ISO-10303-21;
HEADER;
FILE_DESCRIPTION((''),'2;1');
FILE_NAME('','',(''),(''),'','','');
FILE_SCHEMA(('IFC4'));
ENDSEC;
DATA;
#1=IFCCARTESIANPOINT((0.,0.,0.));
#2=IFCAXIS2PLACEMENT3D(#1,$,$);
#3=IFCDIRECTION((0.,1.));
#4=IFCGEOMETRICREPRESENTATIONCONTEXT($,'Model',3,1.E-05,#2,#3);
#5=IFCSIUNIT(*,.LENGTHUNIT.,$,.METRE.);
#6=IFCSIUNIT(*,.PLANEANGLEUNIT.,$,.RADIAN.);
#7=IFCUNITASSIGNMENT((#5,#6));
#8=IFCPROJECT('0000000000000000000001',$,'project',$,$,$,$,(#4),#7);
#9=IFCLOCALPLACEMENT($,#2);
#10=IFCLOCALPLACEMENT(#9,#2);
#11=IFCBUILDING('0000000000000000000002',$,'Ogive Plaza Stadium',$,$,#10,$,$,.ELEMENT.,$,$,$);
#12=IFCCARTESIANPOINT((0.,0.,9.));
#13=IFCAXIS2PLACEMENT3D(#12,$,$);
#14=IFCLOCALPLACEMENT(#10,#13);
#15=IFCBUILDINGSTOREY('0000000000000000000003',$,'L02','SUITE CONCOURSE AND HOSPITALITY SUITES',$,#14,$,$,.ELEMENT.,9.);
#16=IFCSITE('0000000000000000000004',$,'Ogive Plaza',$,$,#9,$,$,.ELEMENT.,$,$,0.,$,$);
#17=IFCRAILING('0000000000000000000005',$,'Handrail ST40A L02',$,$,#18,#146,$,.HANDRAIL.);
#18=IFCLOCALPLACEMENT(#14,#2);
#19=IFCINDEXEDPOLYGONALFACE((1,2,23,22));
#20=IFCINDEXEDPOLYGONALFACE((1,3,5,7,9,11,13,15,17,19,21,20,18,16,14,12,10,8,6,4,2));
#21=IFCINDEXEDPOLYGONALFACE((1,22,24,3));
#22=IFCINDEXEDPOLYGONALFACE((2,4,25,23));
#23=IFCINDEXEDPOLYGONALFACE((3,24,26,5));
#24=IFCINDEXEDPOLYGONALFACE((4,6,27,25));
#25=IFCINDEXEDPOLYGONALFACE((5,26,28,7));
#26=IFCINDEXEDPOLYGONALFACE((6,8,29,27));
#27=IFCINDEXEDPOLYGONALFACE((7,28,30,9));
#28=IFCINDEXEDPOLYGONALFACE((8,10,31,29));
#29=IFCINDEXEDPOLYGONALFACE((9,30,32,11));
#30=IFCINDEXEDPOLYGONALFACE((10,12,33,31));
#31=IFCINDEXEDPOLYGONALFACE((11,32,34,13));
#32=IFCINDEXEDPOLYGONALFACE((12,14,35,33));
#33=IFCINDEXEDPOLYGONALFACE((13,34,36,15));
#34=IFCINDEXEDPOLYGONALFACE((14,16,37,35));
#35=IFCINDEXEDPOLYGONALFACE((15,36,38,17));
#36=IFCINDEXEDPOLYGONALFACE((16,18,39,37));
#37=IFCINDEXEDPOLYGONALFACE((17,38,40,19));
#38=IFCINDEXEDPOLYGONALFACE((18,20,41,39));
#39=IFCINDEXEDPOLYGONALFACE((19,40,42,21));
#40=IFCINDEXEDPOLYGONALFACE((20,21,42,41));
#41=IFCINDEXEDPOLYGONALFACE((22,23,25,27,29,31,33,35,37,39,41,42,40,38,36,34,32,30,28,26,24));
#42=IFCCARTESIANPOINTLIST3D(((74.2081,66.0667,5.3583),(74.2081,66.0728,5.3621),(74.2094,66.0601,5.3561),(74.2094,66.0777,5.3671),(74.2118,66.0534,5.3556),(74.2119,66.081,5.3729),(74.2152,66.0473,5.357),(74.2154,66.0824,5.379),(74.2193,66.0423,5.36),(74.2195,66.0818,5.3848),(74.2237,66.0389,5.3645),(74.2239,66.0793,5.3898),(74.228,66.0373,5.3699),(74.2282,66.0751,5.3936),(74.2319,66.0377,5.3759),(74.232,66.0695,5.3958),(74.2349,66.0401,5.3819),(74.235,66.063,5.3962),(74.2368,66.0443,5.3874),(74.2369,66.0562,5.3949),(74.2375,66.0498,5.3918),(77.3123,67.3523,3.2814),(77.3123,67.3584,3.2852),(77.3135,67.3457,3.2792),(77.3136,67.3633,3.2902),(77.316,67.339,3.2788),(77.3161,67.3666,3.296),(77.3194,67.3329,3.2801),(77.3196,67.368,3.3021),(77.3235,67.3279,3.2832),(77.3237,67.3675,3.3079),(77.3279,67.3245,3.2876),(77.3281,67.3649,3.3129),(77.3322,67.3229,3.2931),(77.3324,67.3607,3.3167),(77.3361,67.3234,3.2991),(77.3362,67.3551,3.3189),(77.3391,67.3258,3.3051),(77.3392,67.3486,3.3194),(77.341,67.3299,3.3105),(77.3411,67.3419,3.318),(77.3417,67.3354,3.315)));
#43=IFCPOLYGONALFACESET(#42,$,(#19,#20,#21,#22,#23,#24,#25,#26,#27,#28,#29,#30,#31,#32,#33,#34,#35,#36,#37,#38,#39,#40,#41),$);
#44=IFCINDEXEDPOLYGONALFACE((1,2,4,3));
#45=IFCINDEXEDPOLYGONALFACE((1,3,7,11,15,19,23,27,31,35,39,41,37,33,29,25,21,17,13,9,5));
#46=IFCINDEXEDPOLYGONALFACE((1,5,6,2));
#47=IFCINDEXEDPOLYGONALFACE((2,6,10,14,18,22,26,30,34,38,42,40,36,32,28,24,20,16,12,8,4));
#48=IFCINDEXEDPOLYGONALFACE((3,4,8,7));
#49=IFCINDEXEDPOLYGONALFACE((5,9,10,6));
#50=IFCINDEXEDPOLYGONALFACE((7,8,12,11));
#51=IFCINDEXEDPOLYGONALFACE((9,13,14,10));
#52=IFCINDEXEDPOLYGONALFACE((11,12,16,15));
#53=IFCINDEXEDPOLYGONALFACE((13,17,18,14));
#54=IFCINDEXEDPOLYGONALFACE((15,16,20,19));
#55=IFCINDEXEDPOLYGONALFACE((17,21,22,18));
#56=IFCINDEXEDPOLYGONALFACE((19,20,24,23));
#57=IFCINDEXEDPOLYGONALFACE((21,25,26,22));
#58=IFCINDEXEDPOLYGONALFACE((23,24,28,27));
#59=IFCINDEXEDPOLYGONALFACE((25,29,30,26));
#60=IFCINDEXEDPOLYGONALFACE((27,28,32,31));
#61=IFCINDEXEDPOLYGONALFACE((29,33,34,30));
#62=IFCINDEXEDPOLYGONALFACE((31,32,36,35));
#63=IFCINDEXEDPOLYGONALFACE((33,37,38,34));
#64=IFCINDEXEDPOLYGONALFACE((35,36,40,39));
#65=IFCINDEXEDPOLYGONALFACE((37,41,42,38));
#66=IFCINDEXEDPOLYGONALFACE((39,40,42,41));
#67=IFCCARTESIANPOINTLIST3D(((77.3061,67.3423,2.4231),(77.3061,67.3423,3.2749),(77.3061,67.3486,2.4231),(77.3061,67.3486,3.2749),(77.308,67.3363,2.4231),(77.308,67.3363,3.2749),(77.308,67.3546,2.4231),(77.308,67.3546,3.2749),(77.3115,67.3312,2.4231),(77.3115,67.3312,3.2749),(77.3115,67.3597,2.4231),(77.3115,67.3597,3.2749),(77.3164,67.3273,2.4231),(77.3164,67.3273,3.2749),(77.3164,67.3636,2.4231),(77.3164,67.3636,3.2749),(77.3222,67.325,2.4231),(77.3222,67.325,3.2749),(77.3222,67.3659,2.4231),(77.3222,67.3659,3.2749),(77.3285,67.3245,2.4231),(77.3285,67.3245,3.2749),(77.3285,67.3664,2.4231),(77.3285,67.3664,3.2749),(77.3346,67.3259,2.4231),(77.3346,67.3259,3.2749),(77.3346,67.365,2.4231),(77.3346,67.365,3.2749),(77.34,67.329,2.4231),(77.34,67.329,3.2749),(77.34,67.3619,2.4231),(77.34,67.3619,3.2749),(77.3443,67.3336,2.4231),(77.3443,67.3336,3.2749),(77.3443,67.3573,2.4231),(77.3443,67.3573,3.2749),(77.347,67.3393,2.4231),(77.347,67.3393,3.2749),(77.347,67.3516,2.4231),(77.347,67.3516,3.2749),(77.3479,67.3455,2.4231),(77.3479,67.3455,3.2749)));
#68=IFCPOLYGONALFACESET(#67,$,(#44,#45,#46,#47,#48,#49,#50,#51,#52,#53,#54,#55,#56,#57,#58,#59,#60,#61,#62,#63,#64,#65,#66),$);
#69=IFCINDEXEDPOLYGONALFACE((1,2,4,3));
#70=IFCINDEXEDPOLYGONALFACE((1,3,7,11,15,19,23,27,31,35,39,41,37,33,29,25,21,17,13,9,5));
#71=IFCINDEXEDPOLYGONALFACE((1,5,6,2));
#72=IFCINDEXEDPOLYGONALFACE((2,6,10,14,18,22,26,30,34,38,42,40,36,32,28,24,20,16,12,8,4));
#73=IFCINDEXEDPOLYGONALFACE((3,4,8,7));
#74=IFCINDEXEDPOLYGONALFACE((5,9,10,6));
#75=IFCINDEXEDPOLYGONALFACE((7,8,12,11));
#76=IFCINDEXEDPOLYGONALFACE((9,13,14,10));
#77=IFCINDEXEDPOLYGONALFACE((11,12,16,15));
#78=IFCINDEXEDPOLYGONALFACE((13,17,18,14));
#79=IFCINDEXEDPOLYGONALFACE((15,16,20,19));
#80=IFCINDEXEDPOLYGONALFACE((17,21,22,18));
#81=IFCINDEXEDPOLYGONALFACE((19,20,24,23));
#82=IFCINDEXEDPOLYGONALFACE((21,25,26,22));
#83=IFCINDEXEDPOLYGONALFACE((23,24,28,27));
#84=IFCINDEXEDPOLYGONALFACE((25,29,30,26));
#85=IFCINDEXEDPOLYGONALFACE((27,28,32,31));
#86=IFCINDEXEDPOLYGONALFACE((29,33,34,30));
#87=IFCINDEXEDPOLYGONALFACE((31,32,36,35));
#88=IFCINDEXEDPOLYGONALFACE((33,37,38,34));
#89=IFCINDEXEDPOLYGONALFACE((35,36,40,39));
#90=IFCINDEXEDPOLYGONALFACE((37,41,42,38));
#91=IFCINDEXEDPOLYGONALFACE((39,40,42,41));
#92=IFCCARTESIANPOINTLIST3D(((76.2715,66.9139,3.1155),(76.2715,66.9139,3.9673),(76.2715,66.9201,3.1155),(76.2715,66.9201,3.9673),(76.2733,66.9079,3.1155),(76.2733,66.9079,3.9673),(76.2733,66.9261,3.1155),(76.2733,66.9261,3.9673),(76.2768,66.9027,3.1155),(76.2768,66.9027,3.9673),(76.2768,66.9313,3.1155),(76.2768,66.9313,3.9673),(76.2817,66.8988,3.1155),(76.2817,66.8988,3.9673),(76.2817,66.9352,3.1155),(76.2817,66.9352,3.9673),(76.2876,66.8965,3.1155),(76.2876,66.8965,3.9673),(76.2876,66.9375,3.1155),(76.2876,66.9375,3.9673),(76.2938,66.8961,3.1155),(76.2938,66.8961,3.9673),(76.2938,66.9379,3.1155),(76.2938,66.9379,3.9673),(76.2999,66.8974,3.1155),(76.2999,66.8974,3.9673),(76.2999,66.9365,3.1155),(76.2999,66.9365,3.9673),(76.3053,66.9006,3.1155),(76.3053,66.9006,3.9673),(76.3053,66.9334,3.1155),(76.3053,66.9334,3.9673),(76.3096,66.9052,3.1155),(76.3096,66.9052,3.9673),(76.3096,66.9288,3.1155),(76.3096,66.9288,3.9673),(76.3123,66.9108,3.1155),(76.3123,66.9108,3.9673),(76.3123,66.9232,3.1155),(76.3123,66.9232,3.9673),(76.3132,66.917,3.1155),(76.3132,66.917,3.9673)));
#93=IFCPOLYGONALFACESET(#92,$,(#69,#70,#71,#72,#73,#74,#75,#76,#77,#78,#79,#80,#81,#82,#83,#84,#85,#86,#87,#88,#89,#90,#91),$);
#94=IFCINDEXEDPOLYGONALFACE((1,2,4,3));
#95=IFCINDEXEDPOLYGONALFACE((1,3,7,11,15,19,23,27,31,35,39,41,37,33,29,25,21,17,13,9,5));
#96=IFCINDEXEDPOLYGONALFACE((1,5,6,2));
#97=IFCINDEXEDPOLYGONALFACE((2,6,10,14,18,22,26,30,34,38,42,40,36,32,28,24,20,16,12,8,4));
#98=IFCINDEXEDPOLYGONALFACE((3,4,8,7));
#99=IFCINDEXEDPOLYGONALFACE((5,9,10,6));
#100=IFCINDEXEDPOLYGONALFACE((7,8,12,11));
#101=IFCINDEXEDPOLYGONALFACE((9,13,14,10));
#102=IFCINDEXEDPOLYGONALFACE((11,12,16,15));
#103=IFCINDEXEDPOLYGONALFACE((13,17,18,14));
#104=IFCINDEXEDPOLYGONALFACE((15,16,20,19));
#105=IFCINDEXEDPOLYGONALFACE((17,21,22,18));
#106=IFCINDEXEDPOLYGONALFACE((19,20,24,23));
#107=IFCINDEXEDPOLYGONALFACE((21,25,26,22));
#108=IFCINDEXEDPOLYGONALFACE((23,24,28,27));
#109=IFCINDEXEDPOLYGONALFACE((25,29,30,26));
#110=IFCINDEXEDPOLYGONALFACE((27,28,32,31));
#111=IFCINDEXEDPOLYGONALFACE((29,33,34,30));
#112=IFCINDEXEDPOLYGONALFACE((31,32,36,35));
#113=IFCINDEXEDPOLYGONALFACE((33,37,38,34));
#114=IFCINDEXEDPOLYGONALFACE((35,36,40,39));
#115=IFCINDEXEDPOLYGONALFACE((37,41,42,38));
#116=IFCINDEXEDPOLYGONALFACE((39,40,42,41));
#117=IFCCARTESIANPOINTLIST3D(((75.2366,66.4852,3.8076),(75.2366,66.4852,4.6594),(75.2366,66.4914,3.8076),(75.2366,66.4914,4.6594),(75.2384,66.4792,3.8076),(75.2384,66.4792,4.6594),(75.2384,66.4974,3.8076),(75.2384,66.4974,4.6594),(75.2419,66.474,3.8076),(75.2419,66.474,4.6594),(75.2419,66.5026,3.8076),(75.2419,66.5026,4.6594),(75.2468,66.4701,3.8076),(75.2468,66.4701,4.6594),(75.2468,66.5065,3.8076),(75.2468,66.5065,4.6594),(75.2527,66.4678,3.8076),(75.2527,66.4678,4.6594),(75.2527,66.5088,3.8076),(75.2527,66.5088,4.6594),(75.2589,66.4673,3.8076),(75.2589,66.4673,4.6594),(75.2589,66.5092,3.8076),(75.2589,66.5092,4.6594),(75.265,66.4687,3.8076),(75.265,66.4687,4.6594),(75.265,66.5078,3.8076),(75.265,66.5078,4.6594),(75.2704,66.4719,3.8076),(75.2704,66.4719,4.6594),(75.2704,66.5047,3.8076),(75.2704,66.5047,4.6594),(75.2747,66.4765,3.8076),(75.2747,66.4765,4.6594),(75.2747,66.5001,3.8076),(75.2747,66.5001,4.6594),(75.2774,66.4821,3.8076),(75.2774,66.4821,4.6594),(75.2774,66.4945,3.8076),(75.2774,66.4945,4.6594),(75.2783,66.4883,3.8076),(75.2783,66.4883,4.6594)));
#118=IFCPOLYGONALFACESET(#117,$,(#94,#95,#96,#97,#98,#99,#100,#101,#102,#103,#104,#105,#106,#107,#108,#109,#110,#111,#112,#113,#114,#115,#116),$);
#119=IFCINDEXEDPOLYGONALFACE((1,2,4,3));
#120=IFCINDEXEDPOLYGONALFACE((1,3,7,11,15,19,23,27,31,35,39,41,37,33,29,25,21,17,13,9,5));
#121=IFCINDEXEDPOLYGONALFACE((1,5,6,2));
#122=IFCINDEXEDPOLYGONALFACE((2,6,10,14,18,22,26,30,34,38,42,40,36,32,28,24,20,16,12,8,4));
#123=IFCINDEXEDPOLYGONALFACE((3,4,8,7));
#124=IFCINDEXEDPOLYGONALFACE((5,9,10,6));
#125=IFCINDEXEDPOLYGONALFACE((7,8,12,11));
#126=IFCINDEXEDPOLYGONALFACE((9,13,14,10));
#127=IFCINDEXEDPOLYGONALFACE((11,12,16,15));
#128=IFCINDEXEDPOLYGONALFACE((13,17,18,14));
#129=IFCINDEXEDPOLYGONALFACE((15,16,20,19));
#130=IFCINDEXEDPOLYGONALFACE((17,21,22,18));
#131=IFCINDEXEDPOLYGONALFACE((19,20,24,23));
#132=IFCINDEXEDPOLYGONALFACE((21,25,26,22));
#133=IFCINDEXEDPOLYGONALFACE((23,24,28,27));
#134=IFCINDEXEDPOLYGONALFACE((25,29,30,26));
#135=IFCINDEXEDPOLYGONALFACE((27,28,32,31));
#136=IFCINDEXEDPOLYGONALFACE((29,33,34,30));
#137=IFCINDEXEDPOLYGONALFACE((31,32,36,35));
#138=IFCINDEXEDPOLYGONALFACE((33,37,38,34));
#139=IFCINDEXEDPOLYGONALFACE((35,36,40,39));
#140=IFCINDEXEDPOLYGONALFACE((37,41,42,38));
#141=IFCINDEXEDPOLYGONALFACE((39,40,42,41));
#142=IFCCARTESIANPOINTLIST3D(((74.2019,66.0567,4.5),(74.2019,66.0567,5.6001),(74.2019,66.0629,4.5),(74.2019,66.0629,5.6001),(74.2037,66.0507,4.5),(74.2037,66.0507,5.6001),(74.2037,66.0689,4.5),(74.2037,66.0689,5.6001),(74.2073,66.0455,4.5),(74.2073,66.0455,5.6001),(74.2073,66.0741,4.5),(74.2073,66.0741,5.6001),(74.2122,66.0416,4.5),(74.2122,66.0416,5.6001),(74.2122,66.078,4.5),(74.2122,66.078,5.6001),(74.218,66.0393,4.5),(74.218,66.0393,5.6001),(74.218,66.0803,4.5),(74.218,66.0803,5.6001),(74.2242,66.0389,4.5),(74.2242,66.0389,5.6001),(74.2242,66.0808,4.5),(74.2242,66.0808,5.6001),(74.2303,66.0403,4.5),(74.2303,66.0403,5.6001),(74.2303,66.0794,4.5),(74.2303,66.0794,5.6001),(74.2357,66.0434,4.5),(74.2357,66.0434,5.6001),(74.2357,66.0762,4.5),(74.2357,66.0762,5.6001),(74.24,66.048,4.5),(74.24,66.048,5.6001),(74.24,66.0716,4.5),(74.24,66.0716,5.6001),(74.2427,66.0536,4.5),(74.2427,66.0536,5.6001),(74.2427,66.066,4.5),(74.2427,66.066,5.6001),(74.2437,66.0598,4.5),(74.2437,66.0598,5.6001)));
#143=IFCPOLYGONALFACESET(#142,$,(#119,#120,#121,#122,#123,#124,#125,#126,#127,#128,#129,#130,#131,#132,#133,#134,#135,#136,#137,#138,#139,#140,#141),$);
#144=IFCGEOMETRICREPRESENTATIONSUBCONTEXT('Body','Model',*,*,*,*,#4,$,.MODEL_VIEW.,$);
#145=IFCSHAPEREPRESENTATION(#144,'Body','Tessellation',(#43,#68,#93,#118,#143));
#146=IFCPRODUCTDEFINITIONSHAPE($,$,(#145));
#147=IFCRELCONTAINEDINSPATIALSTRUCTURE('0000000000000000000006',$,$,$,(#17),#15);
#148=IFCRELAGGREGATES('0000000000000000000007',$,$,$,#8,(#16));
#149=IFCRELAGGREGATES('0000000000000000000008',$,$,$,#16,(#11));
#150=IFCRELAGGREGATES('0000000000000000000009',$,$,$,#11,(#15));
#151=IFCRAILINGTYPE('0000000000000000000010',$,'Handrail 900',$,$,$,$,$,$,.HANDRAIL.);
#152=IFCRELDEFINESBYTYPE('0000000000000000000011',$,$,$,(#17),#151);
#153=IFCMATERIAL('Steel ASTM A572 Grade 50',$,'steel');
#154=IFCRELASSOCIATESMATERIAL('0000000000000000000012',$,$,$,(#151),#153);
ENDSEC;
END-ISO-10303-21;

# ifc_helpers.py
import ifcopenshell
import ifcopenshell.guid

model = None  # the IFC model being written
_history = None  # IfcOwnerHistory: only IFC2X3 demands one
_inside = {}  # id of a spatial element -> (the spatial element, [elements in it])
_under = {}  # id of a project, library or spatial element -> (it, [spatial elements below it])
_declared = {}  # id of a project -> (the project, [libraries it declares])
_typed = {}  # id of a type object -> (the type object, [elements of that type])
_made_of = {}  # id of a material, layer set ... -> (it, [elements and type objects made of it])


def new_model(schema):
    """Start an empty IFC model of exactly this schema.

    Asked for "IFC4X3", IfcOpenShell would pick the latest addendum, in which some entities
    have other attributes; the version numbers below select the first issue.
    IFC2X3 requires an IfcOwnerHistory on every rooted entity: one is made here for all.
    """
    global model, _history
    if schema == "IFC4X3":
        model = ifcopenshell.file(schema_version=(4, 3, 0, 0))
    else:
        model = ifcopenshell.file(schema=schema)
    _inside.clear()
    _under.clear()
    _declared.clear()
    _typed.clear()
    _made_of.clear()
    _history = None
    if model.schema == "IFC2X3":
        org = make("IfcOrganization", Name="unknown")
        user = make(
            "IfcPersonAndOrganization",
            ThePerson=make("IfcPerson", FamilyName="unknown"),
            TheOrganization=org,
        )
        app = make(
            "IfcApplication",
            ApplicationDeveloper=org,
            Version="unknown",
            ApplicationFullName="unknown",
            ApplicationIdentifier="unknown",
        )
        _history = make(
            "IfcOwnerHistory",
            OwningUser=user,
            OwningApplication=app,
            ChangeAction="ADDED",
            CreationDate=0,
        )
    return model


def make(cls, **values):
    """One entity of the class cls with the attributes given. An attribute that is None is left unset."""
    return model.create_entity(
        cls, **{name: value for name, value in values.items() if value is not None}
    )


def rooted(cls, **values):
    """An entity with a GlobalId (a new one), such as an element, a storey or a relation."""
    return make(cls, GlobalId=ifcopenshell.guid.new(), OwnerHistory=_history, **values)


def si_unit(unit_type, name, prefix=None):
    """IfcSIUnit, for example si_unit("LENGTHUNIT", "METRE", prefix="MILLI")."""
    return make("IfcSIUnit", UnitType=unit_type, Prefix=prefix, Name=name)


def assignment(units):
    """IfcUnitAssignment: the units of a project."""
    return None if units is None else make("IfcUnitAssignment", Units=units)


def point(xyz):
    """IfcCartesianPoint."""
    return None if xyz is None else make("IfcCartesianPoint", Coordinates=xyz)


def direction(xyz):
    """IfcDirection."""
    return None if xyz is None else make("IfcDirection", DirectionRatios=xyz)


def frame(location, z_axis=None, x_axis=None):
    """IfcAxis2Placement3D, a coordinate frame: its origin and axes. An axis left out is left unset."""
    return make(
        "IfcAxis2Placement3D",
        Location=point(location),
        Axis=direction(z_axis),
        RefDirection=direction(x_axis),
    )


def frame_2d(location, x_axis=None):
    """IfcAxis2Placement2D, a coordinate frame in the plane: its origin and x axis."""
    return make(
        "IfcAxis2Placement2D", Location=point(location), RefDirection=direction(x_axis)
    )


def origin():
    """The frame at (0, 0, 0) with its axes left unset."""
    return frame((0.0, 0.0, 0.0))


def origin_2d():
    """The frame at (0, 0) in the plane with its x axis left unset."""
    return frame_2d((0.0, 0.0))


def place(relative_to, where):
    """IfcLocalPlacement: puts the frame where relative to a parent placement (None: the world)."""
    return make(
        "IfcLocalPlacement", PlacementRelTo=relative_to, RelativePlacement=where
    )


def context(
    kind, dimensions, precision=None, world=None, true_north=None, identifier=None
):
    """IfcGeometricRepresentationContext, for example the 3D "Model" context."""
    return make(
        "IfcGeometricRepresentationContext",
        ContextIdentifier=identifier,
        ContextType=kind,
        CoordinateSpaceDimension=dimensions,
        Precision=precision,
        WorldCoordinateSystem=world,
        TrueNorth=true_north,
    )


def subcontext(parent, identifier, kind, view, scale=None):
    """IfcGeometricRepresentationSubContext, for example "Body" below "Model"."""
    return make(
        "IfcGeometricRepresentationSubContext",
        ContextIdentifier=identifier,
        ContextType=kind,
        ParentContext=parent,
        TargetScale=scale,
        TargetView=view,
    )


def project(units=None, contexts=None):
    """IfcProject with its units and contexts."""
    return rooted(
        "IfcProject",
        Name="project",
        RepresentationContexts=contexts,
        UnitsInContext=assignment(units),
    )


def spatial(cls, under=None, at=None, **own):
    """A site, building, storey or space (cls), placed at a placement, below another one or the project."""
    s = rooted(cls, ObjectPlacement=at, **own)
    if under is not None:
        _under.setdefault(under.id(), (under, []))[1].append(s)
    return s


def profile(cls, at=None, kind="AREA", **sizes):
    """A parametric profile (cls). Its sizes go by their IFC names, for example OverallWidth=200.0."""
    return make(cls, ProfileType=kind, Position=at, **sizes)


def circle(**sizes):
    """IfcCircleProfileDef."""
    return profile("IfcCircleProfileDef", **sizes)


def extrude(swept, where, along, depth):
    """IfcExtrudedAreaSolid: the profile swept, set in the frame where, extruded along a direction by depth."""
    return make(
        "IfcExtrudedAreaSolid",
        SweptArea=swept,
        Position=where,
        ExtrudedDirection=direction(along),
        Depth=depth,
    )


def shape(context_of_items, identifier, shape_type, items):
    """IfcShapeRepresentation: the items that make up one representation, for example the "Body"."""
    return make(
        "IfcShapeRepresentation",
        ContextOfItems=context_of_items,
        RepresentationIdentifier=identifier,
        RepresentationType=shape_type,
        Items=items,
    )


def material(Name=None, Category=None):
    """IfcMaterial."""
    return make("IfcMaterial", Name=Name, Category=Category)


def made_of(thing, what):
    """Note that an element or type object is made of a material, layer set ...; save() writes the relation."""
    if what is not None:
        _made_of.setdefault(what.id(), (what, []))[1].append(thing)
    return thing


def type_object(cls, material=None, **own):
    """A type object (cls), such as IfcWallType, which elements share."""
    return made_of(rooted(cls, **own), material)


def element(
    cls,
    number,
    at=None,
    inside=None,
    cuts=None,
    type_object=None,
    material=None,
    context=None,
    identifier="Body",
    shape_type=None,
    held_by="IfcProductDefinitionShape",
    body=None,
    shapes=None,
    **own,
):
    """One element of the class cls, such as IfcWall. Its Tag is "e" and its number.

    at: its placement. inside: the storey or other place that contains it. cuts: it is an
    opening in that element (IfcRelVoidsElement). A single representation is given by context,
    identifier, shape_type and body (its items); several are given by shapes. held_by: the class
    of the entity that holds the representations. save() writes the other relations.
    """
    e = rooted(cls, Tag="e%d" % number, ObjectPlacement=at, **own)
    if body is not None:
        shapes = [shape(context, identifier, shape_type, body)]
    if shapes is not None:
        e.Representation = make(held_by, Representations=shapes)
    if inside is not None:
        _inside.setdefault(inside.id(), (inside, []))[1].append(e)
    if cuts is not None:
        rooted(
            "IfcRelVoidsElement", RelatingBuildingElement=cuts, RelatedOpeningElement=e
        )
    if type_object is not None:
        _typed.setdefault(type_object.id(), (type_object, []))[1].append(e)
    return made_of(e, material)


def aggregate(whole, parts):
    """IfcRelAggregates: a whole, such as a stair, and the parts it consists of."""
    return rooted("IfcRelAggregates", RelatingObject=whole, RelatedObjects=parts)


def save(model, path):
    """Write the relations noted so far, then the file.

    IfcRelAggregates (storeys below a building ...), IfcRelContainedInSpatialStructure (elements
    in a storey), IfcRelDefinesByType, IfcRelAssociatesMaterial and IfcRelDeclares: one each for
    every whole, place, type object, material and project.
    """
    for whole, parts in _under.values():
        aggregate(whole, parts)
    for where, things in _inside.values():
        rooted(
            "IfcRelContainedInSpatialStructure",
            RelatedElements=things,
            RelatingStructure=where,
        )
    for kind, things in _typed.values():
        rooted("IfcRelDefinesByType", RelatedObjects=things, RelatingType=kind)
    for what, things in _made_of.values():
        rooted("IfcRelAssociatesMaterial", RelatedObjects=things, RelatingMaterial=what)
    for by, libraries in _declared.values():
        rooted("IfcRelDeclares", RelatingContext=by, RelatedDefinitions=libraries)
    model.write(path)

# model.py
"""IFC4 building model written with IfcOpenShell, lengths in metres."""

from ifc_helpers import new_model, si_unit, direction, frame, origin, origin_2d, place, context, subcontext, project, spatial, circle, extrude, material, type_object, element, save


model = new_model("IFC4")

# Units and contexts
model_context = context("Model", 3, precision=1e-05, world=origin(), true_north=direction((0.0, 1.0)))
body_context = subcontext(model_context, "Body", "Model", "MODEL_VIEW")
ifc_project = project(units=[si_unit("LENGTHUNIT", "METRE"), si_unit("PLANEANGLEUNIT", "RADIAN")], contexts=[model_context])

# Site, building, storey
site_placement = place(None, origin())
site = spatial("IfcSite", under=ifc_project, at=site_placement, Name="Ogive Plaza", CompositionType="ELEMENT", RefElevation=0.0)
building_placement = place(site_placement, origin())
building = spatial("IfcBuilding", under=site, at=building_placement, Name="Ogive Plaza Stadium", CompositionType="ELEMENT")
storey_placement = place(building_placement, frame((0.0, 0.0, 9.0)))
storey = spatial("IfcBuildingStorey", under=building, at=storey_placement, Name="L02", Description="SUITE CONCOURSE AND HOSPITALITY SUITES", CompositionType="ELEMENT", Elevation=9.0)

# Railing
ifc_material_1 = material(Name="Steel ASTM A572 Grade 50", Category="steel")
railing_type_1 = type_object("IfcRailingType", Name="Handrail 900", PredefinedType="HANDRAIL", material=ifc_material_1)
railing_placement = place(storey_placement, frame((77.3269, 67.3455, 2.4231)))
element("IfcRailing", 1, at=railing_placement, inside=storey, type_object=railing_type_1, Name="Handrail ST40A L02", PredefinedType="HANDRAIL", context=body_context, shape_type="SweptSolid", body=[
    extrude(circle(Radius=0.0239, at=origin_2d()), frame((0.0, 0.0, 0.876), z_axis=(-0.785879, -0.325477, 0.525794), x_axis=(0.382638, -0.923898, 0.0)), (0.0, 0.0, 1.0), 3.95),
    extrude(circle(Radius=0.021, at=origin_2d()), origin(), (0.0, 0.0, 1.0), 0.8518),
    extrude(circle(Radius=0.021, at=origin_2d()), frame((-1.0347, -0.4285, 0.6924)), (0.0, 0.0, 1.0), 0.8518),
    extrude(circle(Radius=0.021, at=origin_2d()), frame((-2.0696, -0.8572, 1.3845)), (0.0, 0.0, 1.0), 0.8518),
    extrude(circle(Radius=0.021, at=origin_2d()), frame((-3.1042, -1.2856, 2.0769)), (0.0, 0.0, 1.0), 1.1001),
])

save(model, "model.ifc")
